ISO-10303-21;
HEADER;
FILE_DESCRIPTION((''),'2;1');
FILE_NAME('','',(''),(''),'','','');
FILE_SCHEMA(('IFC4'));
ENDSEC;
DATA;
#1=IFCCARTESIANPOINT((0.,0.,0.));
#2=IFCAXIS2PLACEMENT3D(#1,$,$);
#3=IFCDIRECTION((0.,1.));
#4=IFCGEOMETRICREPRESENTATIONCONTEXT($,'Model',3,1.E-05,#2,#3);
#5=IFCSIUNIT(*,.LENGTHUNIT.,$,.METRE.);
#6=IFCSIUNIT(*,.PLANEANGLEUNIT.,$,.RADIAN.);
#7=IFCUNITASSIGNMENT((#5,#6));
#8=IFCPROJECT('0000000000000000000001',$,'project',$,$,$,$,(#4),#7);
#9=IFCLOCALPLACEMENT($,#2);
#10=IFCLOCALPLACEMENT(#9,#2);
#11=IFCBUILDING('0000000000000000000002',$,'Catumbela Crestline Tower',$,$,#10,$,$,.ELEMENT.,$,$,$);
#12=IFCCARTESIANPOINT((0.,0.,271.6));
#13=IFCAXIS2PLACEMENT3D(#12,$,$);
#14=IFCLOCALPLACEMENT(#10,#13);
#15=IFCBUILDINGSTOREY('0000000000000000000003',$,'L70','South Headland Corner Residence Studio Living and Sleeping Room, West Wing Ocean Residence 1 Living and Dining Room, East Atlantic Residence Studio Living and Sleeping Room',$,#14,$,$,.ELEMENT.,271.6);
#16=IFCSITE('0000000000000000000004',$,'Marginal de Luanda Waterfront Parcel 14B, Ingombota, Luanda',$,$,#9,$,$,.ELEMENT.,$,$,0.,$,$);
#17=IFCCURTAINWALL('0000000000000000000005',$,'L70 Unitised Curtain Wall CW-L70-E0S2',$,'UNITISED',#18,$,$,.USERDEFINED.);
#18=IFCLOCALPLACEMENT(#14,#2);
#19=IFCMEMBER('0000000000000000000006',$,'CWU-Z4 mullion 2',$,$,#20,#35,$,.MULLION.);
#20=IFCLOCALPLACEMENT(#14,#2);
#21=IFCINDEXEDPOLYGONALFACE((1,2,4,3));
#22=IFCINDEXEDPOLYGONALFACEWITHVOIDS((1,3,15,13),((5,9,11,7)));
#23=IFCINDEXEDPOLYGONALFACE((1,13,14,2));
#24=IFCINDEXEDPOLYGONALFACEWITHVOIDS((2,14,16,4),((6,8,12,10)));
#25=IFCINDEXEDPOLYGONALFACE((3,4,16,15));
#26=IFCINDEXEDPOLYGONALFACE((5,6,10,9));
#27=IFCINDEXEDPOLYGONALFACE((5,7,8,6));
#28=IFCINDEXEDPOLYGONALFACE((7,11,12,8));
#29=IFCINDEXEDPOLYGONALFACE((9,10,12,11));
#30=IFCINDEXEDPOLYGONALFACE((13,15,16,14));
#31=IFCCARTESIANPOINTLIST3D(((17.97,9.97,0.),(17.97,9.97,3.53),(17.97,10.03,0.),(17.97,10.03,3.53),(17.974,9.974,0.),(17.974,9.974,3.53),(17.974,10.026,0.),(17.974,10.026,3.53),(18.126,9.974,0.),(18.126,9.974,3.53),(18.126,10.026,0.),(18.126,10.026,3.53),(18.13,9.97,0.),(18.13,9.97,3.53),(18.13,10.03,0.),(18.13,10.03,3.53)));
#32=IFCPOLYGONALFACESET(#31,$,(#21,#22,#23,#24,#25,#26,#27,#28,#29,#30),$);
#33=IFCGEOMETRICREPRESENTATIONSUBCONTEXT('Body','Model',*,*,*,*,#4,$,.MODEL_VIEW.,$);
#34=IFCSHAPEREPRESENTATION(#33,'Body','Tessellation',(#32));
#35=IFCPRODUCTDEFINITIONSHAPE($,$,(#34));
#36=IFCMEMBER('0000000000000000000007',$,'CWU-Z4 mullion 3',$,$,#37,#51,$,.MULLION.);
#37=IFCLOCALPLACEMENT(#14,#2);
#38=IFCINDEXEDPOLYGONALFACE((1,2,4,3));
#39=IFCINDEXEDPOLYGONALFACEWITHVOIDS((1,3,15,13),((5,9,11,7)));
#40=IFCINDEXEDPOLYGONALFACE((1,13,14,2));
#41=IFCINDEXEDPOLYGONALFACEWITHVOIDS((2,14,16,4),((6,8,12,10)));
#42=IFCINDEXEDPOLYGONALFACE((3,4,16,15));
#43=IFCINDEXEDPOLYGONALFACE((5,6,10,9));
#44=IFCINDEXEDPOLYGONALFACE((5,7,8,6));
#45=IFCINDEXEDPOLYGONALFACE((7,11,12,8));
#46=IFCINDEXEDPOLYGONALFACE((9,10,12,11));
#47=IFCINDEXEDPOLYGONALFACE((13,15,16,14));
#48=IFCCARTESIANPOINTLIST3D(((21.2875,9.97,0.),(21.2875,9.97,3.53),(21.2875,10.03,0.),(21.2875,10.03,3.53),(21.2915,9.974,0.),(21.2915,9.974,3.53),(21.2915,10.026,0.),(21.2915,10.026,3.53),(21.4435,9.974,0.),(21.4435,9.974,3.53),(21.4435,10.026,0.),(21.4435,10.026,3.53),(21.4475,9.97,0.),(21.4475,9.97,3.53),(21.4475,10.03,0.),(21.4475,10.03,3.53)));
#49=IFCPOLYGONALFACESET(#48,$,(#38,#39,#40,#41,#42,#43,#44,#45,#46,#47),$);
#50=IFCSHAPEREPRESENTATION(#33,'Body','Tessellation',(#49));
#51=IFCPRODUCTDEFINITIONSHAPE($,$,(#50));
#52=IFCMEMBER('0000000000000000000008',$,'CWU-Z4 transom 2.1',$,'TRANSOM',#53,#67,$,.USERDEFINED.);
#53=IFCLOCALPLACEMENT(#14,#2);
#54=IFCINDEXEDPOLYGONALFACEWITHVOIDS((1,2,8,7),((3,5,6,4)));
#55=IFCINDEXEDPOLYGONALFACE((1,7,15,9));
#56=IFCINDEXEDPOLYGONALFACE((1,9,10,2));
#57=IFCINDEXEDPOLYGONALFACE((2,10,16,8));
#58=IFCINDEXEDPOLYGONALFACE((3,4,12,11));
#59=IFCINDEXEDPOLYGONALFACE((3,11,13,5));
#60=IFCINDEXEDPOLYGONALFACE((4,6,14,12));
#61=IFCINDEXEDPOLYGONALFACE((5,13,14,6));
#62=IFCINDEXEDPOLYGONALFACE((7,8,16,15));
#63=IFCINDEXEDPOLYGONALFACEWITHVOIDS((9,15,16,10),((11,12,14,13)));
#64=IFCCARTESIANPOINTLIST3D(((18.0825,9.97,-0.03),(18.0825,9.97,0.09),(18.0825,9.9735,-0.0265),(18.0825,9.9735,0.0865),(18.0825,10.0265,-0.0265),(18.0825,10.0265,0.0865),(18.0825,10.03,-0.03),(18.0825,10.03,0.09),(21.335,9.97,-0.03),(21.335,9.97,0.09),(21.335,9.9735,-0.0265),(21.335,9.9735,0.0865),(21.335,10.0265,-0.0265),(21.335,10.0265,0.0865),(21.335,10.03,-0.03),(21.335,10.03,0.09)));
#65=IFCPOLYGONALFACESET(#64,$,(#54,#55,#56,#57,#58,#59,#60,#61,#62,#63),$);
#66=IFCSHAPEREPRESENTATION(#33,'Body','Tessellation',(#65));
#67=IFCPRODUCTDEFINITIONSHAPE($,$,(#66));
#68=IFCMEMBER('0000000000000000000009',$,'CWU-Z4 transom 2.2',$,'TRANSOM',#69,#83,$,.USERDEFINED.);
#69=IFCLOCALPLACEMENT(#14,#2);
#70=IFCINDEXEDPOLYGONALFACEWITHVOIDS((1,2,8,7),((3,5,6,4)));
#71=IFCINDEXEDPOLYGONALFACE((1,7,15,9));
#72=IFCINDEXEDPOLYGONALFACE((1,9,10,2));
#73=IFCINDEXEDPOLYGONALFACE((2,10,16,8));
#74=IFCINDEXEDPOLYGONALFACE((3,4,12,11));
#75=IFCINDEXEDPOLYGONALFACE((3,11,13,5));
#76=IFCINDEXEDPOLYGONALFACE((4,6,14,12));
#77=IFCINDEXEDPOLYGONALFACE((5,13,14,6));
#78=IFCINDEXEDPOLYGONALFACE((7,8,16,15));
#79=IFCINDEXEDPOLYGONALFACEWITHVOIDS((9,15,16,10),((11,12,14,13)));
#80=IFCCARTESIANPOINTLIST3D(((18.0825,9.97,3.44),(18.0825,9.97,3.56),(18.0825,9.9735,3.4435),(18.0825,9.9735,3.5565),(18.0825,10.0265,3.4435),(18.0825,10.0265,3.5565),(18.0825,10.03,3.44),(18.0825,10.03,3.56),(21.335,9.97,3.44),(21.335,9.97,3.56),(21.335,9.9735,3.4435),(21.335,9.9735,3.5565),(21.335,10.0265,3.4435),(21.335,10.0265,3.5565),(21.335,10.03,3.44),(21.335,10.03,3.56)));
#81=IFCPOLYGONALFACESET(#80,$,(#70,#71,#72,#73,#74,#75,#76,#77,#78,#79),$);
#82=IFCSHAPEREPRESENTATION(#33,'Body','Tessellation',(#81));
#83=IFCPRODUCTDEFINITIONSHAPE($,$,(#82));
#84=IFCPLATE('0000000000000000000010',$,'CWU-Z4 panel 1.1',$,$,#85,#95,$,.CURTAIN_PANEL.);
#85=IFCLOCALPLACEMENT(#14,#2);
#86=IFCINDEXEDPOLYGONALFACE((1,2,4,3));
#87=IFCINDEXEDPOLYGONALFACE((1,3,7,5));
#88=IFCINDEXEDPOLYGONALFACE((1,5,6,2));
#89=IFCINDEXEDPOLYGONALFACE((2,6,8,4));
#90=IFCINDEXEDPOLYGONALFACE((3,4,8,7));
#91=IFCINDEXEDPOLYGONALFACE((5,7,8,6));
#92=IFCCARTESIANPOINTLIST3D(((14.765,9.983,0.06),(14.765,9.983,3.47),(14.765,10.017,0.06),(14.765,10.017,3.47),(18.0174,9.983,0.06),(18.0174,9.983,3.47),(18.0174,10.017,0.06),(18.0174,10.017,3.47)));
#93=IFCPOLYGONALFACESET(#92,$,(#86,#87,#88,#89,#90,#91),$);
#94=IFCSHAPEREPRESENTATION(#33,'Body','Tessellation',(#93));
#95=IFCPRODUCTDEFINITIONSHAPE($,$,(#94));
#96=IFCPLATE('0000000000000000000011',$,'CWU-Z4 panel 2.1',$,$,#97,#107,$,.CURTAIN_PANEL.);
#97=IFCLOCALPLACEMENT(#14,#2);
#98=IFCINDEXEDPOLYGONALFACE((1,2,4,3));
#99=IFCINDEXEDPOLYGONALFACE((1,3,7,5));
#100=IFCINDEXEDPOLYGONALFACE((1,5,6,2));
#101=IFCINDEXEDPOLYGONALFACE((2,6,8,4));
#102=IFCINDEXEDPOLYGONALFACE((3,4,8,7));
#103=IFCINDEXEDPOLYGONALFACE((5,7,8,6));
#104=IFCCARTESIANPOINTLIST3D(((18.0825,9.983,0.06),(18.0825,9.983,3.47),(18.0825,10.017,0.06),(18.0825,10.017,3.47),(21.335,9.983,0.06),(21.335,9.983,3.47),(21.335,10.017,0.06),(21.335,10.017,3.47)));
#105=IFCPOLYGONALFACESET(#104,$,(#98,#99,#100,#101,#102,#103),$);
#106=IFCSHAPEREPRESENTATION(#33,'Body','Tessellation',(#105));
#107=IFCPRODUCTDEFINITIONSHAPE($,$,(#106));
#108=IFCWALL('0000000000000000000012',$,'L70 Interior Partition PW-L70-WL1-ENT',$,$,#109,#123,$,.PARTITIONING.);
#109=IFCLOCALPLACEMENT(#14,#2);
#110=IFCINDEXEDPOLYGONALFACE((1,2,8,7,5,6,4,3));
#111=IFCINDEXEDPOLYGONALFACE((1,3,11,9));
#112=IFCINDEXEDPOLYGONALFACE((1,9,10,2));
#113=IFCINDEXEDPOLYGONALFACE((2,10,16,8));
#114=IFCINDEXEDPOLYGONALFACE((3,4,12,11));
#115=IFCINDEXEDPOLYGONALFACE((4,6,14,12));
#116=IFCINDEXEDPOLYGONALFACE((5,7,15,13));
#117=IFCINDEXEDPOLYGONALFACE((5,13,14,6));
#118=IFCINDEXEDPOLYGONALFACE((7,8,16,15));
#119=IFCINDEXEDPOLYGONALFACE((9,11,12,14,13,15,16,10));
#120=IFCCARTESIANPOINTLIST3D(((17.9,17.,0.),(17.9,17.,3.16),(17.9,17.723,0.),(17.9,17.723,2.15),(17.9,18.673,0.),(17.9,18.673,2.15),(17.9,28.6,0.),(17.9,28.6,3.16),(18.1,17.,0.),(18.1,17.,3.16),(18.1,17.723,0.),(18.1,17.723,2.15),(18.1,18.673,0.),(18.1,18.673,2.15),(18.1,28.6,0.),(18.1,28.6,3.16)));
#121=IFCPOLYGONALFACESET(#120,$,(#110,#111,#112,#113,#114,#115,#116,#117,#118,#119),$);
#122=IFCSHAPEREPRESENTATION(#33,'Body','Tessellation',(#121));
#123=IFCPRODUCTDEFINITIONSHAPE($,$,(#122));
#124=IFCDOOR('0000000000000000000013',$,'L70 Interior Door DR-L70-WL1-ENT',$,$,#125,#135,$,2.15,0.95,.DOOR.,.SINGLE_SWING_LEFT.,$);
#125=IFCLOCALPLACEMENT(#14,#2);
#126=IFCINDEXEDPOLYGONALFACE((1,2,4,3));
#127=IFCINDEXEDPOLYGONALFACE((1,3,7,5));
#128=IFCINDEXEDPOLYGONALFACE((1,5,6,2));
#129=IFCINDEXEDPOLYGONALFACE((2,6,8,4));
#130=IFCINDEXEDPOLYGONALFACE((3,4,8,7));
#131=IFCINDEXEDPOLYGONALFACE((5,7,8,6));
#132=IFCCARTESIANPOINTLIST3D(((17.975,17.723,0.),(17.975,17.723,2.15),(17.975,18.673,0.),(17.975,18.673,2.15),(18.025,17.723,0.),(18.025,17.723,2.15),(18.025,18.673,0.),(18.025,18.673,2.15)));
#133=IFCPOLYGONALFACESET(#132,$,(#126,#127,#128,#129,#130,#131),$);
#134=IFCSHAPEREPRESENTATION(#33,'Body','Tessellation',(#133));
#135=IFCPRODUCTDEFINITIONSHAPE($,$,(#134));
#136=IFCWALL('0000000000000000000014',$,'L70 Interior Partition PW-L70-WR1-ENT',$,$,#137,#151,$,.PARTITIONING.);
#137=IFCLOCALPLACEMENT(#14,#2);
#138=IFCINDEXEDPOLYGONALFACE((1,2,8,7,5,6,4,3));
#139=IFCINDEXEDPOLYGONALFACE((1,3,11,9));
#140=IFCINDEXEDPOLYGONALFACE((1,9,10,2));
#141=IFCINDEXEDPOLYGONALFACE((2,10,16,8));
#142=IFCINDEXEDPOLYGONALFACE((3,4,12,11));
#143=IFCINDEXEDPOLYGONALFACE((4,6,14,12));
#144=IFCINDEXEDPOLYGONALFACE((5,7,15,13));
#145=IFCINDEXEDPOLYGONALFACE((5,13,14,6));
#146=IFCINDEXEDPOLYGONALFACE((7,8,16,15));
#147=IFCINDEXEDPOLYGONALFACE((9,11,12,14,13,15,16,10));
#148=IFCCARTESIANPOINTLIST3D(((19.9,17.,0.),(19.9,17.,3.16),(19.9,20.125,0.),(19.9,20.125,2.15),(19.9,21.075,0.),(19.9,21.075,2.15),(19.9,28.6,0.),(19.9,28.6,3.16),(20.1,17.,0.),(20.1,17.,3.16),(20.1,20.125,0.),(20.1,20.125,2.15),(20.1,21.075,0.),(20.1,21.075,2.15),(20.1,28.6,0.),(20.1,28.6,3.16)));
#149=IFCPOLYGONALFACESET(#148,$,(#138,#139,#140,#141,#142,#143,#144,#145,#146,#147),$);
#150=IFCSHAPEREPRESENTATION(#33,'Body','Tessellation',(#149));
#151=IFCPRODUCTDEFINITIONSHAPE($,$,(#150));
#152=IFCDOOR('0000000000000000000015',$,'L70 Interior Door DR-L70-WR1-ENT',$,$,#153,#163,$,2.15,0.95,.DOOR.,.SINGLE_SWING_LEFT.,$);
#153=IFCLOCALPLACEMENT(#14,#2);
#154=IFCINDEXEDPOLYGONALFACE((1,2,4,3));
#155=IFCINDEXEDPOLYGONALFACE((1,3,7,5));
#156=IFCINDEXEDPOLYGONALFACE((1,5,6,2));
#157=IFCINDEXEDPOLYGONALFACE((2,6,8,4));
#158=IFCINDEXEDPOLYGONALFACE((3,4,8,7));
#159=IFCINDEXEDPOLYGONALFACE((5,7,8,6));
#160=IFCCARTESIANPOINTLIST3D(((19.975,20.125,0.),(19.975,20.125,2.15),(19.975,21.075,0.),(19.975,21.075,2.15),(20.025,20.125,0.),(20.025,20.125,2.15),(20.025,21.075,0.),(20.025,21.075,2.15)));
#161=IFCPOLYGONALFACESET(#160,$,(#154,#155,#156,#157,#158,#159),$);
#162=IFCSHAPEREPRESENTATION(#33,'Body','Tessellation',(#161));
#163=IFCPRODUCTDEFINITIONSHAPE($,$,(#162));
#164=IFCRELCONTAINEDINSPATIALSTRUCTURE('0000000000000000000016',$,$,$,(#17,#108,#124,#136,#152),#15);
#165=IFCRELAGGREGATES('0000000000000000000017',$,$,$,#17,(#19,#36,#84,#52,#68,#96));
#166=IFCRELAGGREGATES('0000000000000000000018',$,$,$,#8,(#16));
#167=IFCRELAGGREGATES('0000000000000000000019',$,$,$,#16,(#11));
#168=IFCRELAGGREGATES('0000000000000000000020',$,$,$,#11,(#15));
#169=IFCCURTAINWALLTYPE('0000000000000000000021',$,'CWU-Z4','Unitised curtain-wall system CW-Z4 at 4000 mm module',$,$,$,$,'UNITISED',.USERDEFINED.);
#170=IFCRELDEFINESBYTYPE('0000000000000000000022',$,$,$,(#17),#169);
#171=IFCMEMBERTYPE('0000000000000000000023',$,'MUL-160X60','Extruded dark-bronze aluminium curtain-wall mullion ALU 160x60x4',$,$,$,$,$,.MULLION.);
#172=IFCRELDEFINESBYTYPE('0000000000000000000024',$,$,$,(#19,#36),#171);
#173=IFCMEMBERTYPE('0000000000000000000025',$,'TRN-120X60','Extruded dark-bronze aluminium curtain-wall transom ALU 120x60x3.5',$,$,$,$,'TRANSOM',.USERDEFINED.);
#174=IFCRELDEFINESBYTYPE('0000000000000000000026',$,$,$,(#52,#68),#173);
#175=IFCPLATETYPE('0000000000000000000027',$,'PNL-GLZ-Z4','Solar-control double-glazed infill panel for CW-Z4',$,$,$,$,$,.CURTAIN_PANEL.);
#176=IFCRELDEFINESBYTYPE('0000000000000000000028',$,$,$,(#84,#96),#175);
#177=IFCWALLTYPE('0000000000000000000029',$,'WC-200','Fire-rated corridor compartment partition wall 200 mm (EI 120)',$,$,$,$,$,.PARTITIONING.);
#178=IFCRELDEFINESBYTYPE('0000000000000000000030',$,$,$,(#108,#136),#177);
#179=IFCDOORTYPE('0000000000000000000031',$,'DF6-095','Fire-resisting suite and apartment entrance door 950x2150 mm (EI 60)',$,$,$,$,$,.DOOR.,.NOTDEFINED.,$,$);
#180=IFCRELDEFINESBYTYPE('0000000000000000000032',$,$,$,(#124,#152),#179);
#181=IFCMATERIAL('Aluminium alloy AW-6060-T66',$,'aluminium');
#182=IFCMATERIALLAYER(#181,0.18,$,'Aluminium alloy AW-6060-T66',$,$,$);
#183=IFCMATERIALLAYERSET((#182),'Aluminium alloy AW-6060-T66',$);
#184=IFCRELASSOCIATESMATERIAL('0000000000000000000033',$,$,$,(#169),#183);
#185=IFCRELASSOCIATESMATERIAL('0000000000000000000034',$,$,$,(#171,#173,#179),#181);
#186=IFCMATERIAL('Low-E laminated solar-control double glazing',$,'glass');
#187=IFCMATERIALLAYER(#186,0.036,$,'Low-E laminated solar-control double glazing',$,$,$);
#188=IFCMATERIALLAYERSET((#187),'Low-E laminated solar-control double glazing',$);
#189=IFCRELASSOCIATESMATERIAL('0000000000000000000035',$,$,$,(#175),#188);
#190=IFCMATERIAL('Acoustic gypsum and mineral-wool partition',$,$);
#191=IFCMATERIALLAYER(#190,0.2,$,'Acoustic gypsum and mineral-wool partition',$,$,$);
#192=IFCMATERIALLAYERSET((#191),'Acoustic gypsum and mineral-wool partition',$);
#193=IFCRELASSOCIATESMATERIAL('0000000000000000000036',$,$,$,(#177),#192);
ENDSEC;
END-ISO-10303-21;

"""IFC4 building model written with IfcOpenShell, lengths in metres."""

from ifc_helpers import new_model, si_unit, direction, frame, frame_2d, origin, origin_2d, place, context, subcontext, project, spatial, rectangle, hollow_rectangle, extrude, material, layer, layer_set, material_profile, profile_set, type_object, element, fill, aggregate, save


model = new_model("IFC4")

# Units and contexts
model_context = context("Model", 3, precision=1e-05, world=origin(), true_north=direction((0.0, 1.0)))
body_context = subcontext(model_context, "Body", "Model", "MODEL_VIEW")
ifc_project = project(units=[si_unit("LENGTHUNIT", "METRE"), si_unit("PLANEANGLEUNIT", "RADIAN")], contexts=[model_context])

# Site, building, storey
site_placement = place(None, origin())
site = spatial("IfcSite", under=ifc_project, at=site_placement, Name="Marginal de Luanda Waterfront Parcel 14B, Ingombota, Luanda", CompositionType="ELEMENT", RefElevation=0.0)
building_placement = place(site_placement, origin())
building = spatial("IfcBuilding", under=site, at=building_placement, Name="Catumbela Crestline Tower", CompositionType="ELEMENT")
storey_placement = place(building_placement, frame((0.0, 0.0, 271.6)))
storey = spatial("IfcBuildingStorey", under=building, at=storey_placement, Name="L70", Description="South Headland Corner Residence Studio Living and Sleeping Room, West Wing Ocean Residence 1 Living and Dining Room, East Atlantic Residence Studio Living and Sleeping Room", CompositionType="ELEMENT", Elevation=271.6)

# Curtain wall, members, plates
ifc_material_1 = material(Name="Aluminium alloy AW-6060-T66", Category="aluminium")
ifc_layer_1 = layer(ifc_material_1, 0.18, Name="Aluminium alloy AW-6060-T66")
ifc_layer_set_1 = layer_set([ifc_layer_1], Name="Aluminium alloy AW-6060-T66")
curtain_wall_type = type_object("IfcCurtainWallType", Name="CWU-Z4", Description="Unitised curtain-wall system CW-Z4 at 4000 mm module", ElementType="UNITISED", PredefinedType="USERDEFINED", material=ifc_layer_set_1)
curtain_wall_placement = place(storey_placement, origin())
curtain_wall = element("IfcCurtainWall", 1, at=curtain_wall_placement, inside=storey, type_object=curtain_wall_type, Name="L70 Unitised Curtain Wall CW-L70-E0S2", ObjectType="UNITISED", PredefinedType="USERDEFINED")
ifc_material_profile_1 = material_profile(ifc_material_1, hollow_rectangle(XDim=0.06, YDim=0.16, WallThickness=0.004, at=origin_2d()), Name="ALU 160x60x4")
ifc_profile_set_1 = profile_set([ifc_material_profile_1], Name="Aluminium alloy AW-6060-T66")
member_type_1 = type_object("IfcMemberType", Name="MUL-160X60", Description="Extruded dark-bronze aluminium curtain-wall mullion ALU 160x60x4", PredefinedType="MULLION", material=ifc_profile_set_1)
member_1_placement = place(storey_placement, frame((18.05, 10.0, 0.0), z_axis=(0.0, 0.0, 1.0), x_axis=(0.0, 1.0, 0.0)))
member_1 = element("IfcMember", 2, at=member_1_placement, type_object=member_type_1, Name="CWU-Z4 mullion 2", PredefinedType="MULLION", context=body_context, shape_type="SweptSolid", body=[
    extrude(hollow_rectangle(XDim=0.06, YDim=0.16, WallThickness=0.004, at=origin_2d()), origin(), (0.0, 0.0, 1.0), 3.53),
])
member_2_placement = place(storey_placement, frame((21.3675, 10.0, 0.0), z_axis=(0.0, 0.0, 1.0), x_axis=(0.0, 1.0, 0.0)))
member_2 = element("IfcMember", 3, at=member_2_placement, type_object=member_type_1, Name="CWU-Z4 mullion 3", PredefinedType="MULLION", context=body_context, shape_type="SweptSolid", body=[
    extrude(hollow_rectangle(XDim=0.06, YDim=0.16, WallThickness=0.004, at=origin_2d()), origin(), (0.0, 0.0, 1.0), 3.53),
])
ifc_material_profile_2 = material_profile(ifc_material_1, hollow_rectangle(XDim=0.06, YDim=0.12, WallThickness=0.0035, at=origin_2d()), Name="ALU 120x60x3.5")
ifc_profile_set_2 = profile_set([ifc_material_profile_2], Name="Aluminium alloy AW-6060-T66")
member_type_2 = type_object("IfcMemberType", Name="TRN-120X60", Description="Extruded dark-bronze aluminium curtain-wall transom ALU 120x60x3.5", ElementType="TRANSOM", PredefinedType="USERDEFINED", material=ifc_profile_set_2)
member_3_placement = place(storey_placement, frame((18.0825, 10.0, 0.03), z_axis=(1.0, 0.0, 0.0), x_axis=(0.0, 1.0, 0.0)))
member_3 = element("IfcMember", 4, at=member_3_placement, type_object=member_type_2, Name="CWU-Z4 transom 2.1", ObjectType="TRANSOM", PredefinedType="USERDEFINED", context=body_context, shape_type="SweptSolid", body=[
    extrude(hollow_rectangle(XDim=0.06, YDim=0.12, WallThickness=0.0035, at=origin_2d()), origin(), (0.0, 0.0, 1.0), 3.2525),
])
member_4_placement = place(storey_placement, frame((18.0825, 10.0, 3.5), z_axis=(1.0, 0.0, 0.0), x_axis=(0.0, 1.0, 0.0)))
member_4 = element("IfcMember", 5, at=member_4_placement, type_object=member_type_2, Name="CWU-Z4 transom 2.2", ObjectType="TRANSOM", PredefinedType="USERDEFINED", context=body_context, shape_type="SweptSolid", body=[
    extrude(hollow_rectangle(XDim=0.06, YDim=0.12, WallThickness=0.0035, at=origin_2d()), origin(), (0.0, 0.0, 1.0), 3.2525),
])
ifc_material_2 = material(Name="Low-E laminated solar-control double glazing", Category="glass")
ifc_layer_2 = layer(ifc_material_2, 0.036, Name="Low-E laminated solar-control double glazing")
ifc_layer_set_2 = layer_set([ifc_layer_2], Name="Low-E laminated solar-control double glazing")
plate_type = type_object("IfcPlateType", Name="PNL-GLZ-Z4", Description="Solar-control double-glazed infill panel for CW-Z4", PredefinedType="CURTAIN_PANEL", material=ifc_layer_set_2)
plate_1_placement = place(storey_placement, frame((16.3912, 10.0, 0.06), z_axis=(0.0, 0.0, 1.0), x_axis=(1.0, 0.0, 0.0)))
plate_1 = element("IfcPlate", 6, at=plate_1_placement, type_object=plate_type, Name="CWU-Z4 panel 1.1", PredefinedType="CURTAIN_PANEL", context=body_context, shape_type="SweptSolid", body=[
    extrude(rectangle(XDim=3.2525, YDim=0.034, at=origin_2d()), origin(), (0.0, 0.0, 1.0), 3.41),
])
plate_2_placement = place(storey_placement, frame((19.7087, 10.0, 0.06), z_axis=(0.0, 0.0, 1.0), x_axis=(1.0, 0.0, 0.0)))
plate_2 = element("IfcPlate", 7, at=plate_2_placement, type_object=plate_type, Name="CWU-Z4 panel 2.1", PredefinedType="CURTAIN_PANEL", context=body_context, shape_type="SweptSolid", body=[
    extrude(rectangle(XDim=3.2525, YDim=0.034, at=origin_2d()), origin(), (0.0, 0.0, 1.0), 3.41),
])
aggregate(curtain_wall, [member_1, member_2, plate_1, member_3, member_4, plate_2])

# Walls, openings, doors
ifc_material_3 = material(Name="Acoustic gypsum and mineral-wool partition")
ifc_layer_3 = layer(ifc_material_3, 0.2, Name="Acoustic gypsum and mineral-wool partition")
ifc_layer_set_3 = layer_set([ifc_layer_3], Name="Acoustic gypsum and mineral-wool partition")
wall_type_1 = type_object("IfcWallType", Name="WC-200", Description="Fire-rated corridor compartment partition wall 200 mm (EI 120)", PredefinedType="PARTITIONING", material=ifc_layer_set_3)
wall_1_placement = place(storey_placement, frame((18.0, 17.0, 0.0), z_axis=(0.0, 0.0, 1.0), x_axis=(0.0, 1.0, 0.0)))
wall_1 = element("IfcWall", 8, at=wall_1_placement, inside=storey, type_object=wall_type_1, Name="L70 Interior Partition PW-L70-WL1-ENT", PredefinedType="PARTITIONING", context=body_context, shape_type="SweptSolid", body=[
    extrude(rectangle(XDim=11.6, YDim=0.2, at=frame_2d((5.8, 0.0))), origin(), (0.0, 0.0, 1.0), 3.16),
])
opening_1_placement = place(wall_1_placement, frame((0.723, 0.0, 0.0)))
opening_1 = element("IfcOpeningElement", 9, at=opening_1_placement, cuts=wall_1, PredefinedType="OPENING", context=body_context, shape_type="SweptSolid", body=[
    extrude(rectangle(XDim=0.95, YDim=2.15, at=frame_2d((0.475, 1.075))), frame((0.0, 0.11, 0.0), z_axis=(0.0, -1.0, 0.0), x_axis=(1.0, 0.0, 0.0)), (0.0, 0.0, 1.0), 0.22),
])
door_type = type_object("IfcDoorType", Name="DF6-095", Description="Fire-resisting suite and apartment entrance door 950x2150 mm (EI 60)", OperationType="NOTDEFINED", PredefinedType="DOOR", material=ifc_material_1)
door_1_placement = place(opening_1_placement, origin())
door_1 = element("IfcDoor", 10, at=door_1_placement, inside=storey, type_object=door_type, Name="L70 Interior Door DR-L70-WL1-ENT", OperationType="SINGLE_SWING_LEFT", OverallHeight=2.15, OverallWidth=0.95, PredefinedType="DOOR", context=body_context, shape_type="SweptSolid", body=[
    extrude(rectangle(XDim=0.95, YDim=2.15, at=frame_2d((0.475, 1.075))), frame((0.0, 0.025, 0.0), z_axis=(0.0, -1.0, 0.0), x_axis=(1.0, 0.0, 0.0)), (0.0, 0.0, 1.0), 0.05),
])
fill(opening_1, door_1)
wall_2_placement = place(storey_placement, frame((20.0, 17.0, 0.0), z_axis=(0.0, 0.0, 1.0), x_axis=(0.0, 1.0, 0.0)))
wall_2 = element("IfcWall", 11, at=wall_2_placement, inside=storey, type_object=wall_type_1, Name="L70 Interior Partition PW-L70-WR1-ENT", PredefinedType="PARTITIONING", context=body_context, shape_type="SweptSolid", body=[
    extrude(rectangle(XDim=11.6, YDim=0.2, at=frame_2d((5.8, 0.0))), origin(), (0.0, 0.0, 1.0), 3.16),
])
opening_2_placement = place(wall_2_placement, frame((3.125, 0.0, 0.0)))
opening_2 = element("IfcOpeningElement", 12, at=opening_2_placement, cuts=wall_2, PredefinedType="OPENING", context=body_context, shape_type="SweptSolid", body=[
    extrude(rectangle(XDim=0.95, YDim=2.15, at=frame_2d((0.475, 1.075))), frame((0.0, 0.11, 0.0), z_axis=(0.0, -1.0, 0.0), x_axis=(1.0, 0.0, 0.0)), (0.0, 0.0, 1.0), 0.22),
])
door_2_placement = place(opening_2_placement, origin())
door_2 = element("IfcDoor", 13, at=door_2_placement, inside=storey, type_object=door_type, Name="L70 Interior Door DR-L70-WR1-ENT", OperationType="SINGLE_SWING_LEFT", OverallHeight=2.15, OverallWidth=0.95, PredefinedType="DOOR", context=body_context, shape_type="SweptSolid", body=[
    extrude(rectangle(XDim=0.95, YDim=2.15, at=frame_2d((0.475, 1.075))), frame((0.0, 0.025, 0.0), z_axis=(0.0, -1.0, 0.0), x_axis=(1.0, 0.0, 0.0)), (0.0, 0.0, 1.0), 0.05),
])
fill(opening_2, door_2)

save(model, "model.ifc")
